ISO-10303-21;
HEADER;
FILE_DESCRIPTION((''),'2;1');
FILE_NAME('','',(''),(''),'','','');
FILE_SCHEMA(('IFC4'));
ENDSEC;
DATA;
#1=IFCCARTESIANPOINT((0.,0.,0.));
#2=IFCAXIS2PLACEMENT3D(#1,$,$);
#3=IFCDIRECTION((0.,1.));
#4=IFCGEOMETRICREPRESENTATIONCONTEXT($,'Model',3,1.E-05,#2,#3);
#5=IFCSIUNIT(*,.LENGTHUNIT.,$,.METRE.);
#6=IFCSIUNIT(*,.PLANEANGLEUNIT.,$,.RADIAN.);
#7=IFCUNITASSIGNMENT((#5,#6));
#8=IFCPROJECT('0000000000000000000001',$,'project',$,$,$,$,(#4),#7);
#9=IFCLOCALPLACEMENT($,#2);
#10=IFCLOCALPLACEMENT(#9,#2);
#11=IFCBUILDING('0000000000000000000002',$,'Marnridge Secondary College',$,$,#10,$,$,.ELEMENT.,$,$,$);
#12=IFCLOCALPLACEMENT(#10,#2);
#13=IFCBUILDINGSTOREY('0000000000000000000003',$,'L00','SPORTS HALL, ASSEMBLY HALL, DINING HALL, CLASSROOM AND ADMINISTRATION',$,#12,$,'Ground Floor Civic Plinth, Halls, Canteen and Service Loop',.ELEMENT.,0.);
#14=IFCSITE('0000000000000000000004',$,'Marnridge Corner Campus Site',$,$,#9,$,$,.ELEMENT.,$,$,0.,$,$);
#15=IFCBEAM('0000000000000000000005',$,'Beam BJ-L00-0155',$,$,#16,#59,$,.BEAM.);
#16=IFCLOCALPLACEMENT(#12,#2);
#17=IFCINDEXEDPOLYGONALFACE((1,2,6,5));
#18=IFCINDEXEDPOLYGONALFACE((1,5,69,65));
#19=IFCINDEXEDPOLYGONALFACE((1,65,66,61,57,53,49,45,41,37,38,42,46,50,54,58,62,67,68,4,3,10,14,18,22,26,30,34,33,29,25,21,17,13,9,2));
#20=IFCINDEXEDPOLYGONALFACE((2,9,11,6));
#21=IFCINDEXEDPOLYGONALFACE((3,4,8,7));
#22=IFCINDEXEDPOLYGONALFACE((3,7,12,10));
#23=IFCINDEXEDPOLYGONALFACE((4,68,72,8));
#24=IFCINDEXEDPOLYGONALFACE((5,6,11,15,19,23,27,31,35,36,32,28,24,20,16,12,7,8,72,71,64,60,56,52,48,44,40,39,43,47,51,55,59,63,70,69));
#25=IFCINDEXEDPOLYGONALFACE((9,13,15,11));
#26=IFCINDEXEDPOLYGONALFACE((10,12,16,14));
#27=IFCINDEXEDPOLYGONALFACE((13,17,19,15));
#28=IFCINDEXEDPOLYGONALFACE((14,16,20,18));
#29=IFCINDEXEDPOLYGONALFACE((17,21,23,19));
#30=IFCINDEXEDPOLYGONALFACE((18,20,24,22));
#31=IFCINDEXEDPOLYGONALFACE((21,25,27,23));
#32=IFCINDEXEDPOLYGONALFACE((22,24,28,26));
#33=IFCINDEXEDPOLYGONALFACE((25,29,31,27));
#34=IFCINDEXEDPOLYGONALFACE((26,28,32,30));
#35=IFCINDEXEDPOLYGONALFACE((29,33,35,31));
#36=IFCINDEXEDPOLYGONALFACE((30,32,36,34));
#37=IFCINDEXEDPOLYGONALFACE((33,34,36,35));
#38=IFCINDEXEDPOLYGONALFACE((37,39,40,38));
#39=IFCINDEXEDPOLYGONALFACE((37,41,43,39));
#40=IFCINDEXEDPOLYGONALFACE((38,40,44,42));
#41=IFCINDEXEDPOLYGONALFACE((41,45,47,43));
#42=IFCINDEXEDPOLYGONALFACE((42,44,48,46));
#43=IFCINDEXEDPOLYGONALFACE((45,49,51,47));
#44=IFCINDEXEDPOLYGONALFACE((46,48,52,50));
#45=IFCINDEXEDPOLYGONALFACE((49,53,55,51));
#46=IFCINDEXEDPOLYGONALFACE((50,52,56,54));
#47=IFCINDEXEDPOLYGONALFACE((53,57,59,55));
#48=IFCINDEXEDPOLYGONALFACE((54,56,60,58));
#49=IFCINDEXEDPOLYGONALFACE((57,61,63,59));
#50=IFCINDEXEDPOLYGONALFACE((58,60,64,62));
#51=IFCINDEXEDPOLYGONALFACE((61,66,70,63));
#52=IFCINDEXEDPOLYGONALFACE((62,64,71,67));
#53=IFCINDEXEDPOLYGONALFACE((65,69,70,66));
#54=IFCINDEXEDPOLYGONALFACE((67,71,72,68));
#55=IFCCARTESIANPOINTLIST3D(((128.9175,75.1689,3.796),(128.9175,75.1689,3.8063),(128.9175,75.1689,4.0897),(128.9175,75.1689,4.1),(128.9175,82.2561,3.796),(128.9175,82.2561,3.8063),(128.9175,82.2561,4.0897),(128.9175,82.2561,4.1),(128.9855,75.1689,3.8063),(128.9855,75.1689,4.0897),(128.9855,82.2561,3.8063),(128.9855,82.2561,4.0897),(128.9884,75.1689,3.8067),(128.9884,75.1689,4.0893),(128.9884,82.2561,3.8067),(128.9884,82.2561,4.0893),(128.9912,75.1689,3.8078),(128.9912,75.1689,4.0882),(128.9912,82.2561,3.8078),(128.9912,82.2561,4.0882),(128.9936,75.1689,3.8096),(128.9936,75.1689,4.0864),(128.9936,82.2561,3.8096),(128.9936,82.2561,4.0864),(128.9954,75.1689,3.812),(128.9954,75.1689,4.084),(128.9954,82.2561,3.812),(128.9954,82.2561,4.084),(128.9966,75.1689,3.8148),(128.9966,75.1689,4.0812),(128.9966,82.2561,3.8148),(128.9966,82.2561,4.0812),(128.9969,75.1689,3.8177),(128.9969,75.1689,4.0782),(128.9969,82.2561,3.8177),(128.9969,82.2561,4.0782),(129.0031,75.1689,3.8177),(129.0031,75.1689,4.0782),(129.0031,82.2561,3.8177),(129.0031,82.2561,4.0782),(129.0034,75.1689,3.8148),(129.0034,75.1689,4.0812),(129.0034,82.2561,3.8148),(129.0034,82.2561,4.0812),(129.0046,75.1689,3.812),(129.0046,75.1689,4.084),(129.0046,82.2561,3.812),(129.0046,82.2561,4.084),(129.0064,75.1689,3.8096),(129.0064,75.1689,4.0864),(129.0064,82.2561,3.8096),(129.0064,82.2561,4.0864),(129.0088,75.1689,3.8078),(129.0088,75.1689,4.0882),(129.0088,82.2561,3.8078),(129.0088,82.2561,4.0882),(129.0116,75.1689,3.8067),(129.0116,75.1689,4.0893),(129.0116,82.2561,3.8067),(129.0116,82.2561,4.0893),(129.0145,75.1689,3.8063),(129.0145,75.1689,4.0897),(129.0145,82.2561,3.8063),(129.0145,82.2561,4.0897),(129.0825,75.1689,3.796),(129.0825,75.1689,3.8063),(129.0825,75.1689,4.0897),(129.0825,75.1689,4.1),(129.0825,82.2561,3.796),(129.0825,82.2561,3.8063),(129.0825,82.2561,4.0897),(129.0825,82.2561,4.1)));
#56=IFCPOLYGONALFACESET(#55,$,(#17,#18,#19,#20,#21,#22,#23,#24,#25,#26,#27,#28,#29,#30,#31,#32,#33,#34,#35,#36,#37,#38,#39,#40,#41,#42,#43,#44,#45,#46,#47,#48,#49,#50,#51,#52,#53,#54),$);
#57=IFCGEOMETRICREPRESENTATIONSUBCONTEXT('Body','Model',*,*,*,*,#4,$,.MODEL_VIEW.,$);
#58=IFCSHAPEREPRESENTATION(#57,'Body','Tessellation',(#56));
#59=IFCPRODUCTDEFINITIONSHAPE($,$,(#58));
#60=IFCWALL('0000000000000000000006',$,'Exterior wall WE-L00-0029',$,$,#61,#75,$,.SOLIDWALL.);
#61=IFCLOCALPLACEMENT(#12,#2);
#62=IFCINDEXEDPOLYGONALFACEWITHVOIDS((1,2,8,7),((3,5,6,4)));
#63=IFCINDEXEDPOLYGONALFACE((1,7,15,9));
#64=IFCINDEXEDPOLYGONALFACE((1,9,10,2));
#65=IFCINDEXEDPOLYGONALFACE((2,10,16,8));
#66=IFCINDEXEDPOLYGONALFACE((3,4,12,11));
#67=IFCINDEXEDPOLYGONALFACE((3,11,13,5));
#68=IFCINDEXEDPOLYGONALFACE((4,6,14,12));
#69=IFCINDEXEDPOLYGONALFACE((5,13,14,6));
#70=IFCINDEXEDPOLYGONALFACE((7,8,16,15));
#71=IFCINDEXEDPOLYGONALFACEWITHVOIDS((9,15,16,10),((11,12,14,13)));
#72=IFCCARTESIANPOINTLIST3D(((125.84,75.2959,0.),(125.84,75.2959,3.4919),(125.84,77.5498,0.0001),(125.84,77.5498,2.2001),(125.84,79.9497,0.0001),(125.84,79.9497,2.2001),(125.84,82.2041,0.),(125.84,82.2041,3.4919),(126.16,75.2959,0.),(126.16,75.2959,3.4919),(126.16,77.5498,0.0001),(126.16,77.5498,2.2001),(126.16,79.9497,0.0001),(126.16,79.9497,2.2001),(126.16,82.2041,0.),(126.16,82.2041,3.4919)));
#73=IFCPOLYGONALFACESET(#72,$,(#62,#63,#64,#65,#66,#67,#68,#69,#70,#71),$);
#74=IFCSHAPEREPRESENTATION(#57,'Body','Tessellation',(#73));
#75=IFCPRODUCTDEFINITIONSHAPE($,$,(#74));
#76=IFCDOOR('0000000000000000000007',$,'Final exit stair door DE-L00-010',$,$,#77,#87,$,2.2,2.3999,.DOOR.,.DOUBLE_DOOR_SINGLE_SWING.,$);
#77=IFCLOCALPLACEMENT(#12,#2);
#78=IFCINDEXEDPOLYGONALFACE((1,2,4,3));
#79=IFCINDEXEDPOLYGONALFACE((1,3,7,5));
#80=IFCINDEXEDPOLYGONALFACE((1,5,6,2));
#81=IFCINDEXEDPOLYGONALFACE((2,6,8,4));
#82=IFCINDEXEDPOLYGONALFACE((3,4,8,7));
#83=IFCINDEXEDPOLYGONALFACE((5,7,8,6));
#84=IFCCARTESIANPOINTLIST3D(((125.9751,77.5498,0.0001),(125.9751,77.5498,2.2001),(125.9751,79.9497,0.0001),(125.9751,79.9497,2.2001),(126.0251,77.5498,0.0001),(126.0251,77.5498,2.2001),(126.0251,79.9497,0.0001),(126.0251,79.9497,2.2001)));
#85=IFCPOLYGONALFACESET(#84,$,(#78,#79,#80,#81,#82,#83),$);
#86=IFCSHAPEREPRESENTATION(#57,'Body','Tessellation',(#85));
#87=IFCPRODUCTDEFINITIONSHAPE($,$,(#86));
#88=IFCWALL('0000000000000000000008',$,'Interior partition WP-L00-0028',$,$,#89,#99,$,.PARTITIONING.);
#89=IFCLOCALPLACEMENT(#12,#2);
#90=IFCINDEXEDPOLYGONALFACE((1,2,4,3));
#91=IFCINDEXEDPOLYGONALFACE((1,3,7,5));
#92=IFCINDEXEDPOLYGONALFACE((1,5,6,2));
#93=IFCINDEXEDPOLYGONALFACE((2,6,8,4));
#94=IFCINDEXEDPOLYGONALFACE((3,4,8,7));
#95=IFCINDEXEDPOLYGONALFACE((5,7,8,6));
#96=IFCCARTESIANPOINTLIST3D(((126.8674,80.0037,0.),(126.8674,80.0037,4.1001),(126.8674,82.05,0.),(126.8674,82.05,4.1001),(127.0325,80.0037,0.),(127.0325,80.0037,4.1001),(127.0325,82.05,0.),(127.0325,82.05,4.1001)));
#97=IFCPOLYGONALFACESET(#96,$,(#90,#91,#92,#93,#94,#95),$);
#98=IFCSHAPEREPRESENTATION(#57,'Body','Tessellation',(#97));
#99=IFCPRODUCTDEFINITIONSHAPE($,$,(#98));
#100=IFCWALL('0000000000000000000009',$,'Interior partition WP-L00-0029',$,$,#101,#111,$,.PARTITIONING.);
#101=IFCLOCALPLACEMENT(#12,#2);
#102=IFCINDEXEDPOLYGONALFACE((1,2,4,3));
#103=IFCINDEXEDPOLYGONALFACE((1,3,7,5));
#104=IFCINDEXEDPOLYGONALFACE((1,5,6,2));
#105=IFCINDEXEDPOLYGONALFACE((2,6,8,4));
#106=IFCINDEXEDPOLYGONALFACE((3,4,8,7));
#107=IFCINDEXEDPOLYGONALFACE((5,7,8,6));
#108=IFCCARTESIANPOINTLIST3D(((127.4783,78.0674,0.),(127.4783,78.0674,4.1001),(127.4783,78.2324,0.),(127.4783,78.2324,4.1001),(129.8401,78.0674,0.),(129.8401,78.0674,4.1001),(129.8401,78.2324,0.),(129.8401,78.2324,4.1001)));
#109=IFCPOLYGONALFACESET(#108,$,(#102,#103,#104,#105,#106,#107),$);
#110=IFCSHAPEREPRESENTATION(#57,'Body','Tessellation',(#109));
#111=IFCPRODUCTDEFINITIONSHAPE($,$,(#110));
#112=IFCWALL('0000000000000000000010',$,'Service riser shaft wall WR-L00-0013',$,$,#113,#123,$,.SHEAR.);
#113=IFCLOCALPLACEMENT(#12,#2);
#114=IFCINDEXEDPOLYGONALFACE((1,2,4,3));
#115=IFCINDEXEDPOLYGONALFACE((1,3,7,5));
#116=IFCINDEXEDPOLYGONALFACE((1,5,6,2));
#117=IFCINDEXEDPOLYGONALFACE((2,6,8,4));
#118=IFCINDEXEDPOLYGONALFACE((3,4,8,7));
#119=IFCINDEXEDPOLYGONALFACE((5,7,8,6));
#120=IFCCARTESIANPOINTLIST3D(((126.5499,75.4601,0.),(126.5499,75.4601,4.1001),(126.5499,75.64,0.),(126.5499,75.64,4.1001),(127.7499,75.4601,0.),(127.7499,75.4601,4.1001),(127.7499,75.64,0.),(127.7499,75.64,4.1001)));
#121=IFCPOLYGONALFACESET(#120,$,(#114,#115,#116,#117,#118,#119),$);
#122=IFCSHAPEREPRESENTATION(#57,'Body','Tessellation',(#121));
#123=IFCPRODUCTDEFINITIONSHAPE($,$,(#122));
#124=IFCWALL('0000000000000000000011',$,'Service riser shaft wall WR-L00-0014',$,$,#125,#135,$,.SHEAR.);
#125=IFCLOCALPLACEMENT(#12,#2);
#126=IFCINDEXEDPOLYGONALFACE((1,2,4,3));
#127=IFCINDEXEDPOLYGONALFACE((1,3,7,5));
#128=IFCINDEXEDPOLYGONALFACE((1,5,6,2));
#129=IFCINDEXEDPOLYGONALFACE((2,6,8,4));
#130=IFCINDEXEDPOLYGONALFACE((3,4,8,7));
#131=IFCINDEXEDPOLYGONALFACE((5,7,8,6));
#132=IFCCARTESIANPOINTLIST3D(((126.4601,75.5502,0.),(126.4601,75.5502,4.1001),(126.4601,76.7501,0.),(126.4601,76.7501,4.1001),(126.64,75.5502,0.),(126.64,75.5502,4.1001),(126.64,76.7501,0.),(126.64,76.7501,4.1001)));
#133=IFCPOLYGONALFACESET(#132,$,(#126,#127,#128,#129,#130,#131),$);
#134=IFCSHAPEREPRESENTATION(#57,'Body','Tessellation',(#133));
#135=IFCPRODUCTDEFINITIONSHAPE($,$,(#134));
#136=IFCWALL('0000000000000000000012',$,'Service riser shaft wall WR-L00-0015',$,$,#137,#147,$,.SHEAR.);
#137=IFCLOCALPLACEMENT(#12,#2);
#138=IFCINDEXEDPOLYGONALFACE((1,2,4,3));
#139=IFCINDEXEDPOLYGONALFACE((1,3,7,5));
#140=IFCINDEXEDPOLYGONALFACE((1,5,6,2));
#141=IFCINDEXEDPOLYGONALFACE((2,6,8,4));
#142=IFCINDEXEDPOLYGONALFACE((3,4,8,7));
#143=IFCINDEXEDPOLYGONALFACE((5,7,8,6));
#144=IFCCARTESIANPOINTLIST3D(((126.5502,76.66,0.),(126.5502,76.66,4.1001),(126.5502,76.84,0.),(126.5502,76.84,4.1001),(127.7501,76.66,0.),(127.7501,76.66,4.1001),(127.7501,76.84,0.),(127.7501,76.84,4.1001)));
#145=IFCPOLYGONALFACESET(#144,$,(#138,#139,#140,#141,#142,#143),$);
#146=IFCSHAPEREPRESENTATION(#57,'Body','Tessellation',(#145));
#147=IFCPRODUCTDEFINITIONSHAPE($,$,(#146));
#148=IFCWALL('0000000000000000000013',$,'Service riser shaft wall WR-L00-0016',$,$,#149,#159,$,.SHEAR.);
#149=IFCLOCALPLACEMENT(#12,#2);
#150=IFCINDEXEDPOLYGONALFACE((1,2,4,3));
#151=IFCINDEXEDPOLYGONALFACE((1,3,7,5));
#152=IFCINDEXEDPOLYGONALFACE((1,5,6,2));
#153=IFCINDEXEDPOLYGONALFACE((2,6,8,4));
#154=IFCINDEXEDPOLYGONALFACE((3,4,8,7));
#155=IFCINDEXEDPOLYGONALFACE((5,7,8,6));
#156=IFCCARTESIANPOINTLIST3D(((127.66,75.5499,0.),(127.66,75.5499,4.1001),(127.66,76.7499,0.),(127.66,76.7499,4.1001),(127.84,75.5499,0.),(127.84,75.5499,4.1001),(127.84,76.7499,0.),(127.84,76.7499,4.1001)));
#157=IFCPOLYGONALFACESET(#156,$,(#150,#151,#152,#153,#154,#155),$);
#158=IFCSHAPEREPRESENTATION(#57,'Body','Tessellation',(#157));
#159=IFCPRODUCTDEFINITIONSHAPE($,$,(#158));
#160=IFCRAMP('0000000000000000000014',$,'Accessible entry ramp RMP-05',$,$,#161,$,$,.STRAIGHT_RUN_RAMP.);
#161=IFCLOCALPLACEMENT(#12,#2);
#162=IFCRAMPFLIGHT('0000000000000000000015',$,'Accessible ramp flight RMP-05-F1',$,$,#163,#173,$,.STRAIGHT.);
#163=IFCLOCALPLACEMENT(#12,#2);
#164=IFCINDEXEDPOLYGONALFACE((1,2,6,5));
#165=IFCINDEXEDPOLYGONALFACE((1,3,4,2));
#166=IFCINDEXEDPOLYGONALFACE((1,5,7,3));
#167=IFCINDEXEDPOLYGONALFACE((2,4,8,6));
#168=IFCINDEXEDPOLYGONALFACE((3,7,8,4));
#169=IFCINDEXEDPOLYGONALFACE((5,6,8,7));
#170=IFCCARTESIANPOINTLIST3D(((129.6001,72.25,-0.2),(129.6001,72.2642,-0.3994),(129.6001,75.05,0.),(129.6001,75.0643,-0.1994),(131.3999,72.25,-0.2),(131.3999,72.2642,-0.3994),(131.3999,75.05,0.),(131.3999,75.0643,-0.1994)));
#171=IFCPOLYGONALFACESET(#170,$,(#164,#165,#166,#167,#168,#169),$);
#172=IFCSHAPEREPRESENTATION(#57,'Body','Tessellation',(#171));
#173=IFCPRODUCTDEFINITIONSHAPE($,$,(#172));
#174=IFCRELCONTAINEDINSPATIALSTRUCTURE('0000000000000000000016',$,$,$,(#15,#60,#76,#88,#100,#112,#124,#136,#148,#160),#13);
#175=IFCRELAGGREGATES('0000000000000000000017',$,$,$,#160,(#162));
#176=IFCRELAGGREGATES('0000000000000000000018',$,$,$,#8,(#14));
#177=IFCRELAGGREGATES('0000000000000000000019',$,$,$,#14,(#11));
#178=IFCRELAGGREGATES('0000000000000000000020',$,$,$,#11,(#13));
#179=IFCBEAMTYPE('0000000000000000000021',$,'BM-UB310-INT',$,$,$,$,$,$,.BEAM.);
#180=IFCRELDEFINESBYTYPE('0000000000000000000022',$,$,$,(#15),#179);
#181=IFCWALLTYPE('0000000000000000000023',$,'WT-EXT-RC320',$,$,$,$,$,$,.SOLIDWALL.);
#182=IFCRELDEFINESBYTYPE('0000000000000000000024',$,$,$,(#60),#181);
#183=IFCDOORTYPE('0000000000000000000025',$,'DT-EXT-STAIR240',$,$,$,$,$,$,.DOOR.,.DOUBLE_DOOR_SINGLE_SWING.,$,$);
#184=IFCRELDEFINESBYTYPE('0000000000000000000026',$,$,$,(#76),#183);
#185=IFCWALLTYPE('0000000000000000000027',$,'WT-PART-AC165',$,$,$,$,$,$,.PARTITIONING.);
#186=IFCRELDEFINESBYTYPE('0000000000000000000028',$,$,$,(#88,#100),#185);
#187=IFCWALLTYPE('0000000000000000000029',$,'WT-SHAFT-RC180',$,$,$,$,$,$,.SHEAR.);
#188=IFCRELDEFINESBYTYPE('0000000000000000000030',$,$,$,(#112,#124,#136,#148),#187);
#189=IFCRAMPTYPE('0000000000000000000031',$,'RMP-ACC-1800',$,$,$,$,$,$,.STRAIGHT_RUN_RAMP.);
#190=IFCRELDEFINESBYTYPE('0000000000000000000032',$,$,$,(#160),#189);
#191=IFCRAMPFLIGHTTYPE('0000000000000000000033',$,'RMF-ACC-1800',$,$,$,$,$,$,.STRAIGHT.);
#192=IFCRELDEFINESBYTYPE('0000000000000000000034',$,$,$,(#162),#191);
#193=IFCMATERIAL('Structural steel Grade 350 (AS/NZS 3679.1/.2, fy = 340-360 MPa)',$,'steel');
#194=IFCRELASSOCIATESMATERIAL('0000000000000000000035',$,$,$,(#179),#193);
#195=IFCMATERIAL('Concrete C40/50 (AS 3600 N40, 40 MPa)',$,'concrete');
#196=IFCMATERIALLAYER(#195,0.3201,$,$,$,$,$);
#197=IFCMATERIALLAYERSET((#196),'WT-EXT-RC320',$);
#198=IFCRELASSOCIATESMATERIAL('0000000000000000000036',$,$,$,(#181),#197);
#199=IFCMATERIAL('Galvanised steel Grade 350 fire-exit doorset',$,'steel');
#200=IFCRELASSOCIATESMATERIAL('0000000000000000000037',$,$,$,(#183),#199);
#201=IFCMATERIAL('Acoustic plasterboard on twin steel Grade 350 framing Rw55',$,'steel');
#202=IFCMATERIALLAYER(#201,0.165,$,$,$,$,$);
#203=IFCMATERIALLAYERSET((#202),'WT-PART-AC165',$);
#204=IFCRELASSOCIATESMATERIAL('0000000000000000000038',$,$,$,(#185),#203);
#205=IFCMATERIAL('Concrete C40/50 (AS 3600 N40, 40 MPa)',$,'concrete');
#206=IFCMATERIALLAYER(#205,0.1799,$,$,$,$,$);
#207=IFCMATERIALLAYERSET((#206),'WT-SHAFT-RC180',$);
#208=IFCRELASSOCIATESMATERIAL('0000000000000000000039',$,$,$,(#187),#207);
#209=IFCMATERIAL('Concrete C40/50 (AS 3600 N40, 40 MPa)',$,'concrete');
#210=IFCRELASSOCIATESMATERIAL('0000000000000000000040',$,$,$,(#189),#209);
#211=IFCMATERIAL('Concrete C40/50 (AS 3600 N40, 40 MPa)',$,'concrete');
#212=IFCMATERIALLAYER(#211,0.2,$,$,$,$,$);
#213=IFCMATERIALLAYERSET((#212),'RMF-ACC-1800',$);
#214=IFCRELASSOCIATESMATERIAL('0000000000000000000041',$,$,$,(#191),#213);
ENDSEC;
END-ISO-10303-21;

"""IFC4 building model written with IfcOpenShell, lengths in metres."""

from ifc_helpers import new_model, si_unit, direction, frame, frame_2d, origin, origin_2d, place, context, subcontext, project, spatial, polyline, rectangle, i_section, outline, extrude, material, layer, layer_set, material_profile, profile_set, type_object, element, fill, aggregate, save


model = new_model("IFC4")

# Units and contexts
model_context = context("Model", 3, precision=1e-05, world=origin(), true_north=direction((0.0, 1.0)))
body_context = subcontext(model_context, "Body", "Model", "MODEL_VIEW")
ifc_project = project(units=[si_unit("LENGTHUNIT", "METRE"), si_unit("PLANEANGLEUNIT", "RADIAN")], contexts=[model_context])

# Site, building, storey
site_placement = place(None, origin())
site = spatial("IfcSite", under=ifc_project, at=site_placement, Name="Marnridge Corner Campus Site", CompositionType="ELEMENT", RefElevation=0.0)
building_placement = place(site_placement, origin())
building = spatial("IfcBuilding", under=site, at=building_placement, Name="Marnridge Secondary College", CompositionType="ELEMENT")
storey_placement = place(building_placement, origin())
storey = spatial("IfcBuildingStorey", under=building, at=storey_placement, Name="L00", Description="SPORTS HALL, ASSEMBLY HALL, DINING HALL, CLASSROOM AND ADMINISTRATION", LongName="Ground Floor Civic Plinth, Halls, Canteen and Service Loop", CompositionType="ELEMENT", Elevation=0.0)

# Beam
ifc_material_1 = material(Name="Structural steel Grade 350 (AS/NZS 3679.1/.2, fy = 340-360 MPa)", Category="steel")
ifc_material_profile_1 = material_profile(ifc_material_1, i_section(OverallWidth=0.165, OverallDepth=0.304, WebThickness=0.0061, FlangeThickness=0.0103, FilletRadius=0.0115, at=origin_2d()), Name="310UB40.4")
ifc_profile_set_1 = profile_set([ifc_material_profile_1], Name="Structural steel Grade 350 (AS/NZS 3679.1/.2, fy = 340-360 MPa)")
beam_type_1 = type_object("IfcBeamType", Name="BM-UB310-INT", PredefinedType="BEAM", material=ifc_profile_set_1)
beam_1_placement = place(storey_placement, frame((129.0, 75.1689, 3.948), z_axis=(0.0, 1.0, 0.0), x_axis=(-1.0, 0.0, 0.0)))
element("IfcBeam", 1, at=beam_1_placement, inside=storey, type_object=beam_type_1, Name="Beam BJ-L00-0155", PredefinedType="BEAM", context=body_context, shape_type="SweptSolid", body=[
    extrude(i_section(OverallWidth=0.165, OverallDepth=0.304, WebThickness=0.0061, FlangeThickness=0.0103, FilletRadius=0.0115, at=origin_2d()), origin(), (0.0, 0.0, 1.0), 7.0872),
])

# Wall, opening, door
ifc_material_2 = material(Name="Concrete C40/50 (AS 3600 N40, 40 MPa)", Category="concrete")
ifc_layer_1 = layer(ifc_material_2, 0.3201)
ifc_layer_set_1 = layer_set([ifc_layer_1], Name="WT-EXT-RC320")
wall_type_1 = type_object("IfcWallType", Name="WT-EXT-RC320", PredefinedType="SOLIDWALL", material=ifc_layer_set_1)
wall_1_placement = place(storey_placement, frame((126.0, 75.2959, 0.0), z_axis=(0.0, 0.0, 1.0), x_axis=(0.0, 1.0, 0.0)))
wall_1 = element("IfcWall", 2, at=wall_1_placement, inside=storey, type_object=wall_type_1, Name="Exterior wall WE-L00-0029", PredefinedType="SOLIDWALL", context=body_context, shape_type="SweptSolid", body=[
    extrude(rectangle(XDim=6.9082, YDim=0.3201, at=frame_2d((3.4541, 0.0))), origin(), (0.0, 0.0, 1.0), 3.4919),
])
opening_1_placement = place(wall_1_placement, frame((2.2539, 0.0, 0.0)))
opening_1 = element("IfcOpeningElement", 3, at=opening_1_placement, cuts=wall_1, PredefinedType="OPENING", context=body_context, shape_type="SweptSolid", body=[
    extrude(rectangle(XDim=2.3999, YDim=2.2, at=frame_2d((1.2, 1.1001))), frame((0.0, 0.1699, 0.0), z_axis=(0.0, -1.0, 0.0), x_axis=(1.0, 0.0, 0.0)), (0.0, 0.0, 1.0), 0.3401),
])
ifc_material_3 = material(Name="Galvanised steel Grade 350 fire-exit doorset", Category="steel")
door_type_1 = type_object("IfcDoorType", Name="DT-EXT-STAIR240", OperationType="DOUBLE_DOOR_SINGLE_SWING", PredefinedType="DOOR", material=ifc_material_3)
door_1_placement = place(opening_1_placement, origin())
door_1 = element("IfcDoor", 4, at=door_1_placement, inside=storey, type_object=door_type_1, Name="Final exit stair door DE-L00-010", OperationType="DOUBLE_DOOR_SINGLE_SWING", OverallHeight=2.2, OverallWidth=2.3999, PredefinedType="DOOR", context=body_context, shape_type="SweptSolid", body=[
    extrude(rectangle(XDim=2.3999, YDim=2.2, at=frame_2d((1.2, 1.1001))), frame((0.0, 0.0249, 0.0), z_axis=(0.0, -1.0, 0.0), x_axis=(1.0, 0.0, 0.0)), (0.0, 0.0, 1.0), 0.05),
])
fill(opening_1, door_1)

# Walls
ifc_material_4 = material(Name="Acoustic plasterboard on twin steel Grade 350 framing Rw55", Category="steel")
ifc_layer_2 = layer(ifc_material_4, 0.165)
ifc_layer_set_2 = layer_set([ifc_layer_2], Name="WT-PART-AC165")
wall_type_2 = type_object("IfcWallType", Name="WT-PART-AC165", PredefinedType="PARTITIONING", material=ifc_layer_set_2)
wall_2_placement = place(storey_placement, frame((126.95, 80.0037, 0.0), z_axis=(0.0, 0.0, 1.0), x_axis=(0.0, 1.0, 0.0)))
element("IfcWall", 5, at=wall_2_placement, inside=storey, type_object=wall_type_2, Name="Interior partition WP-L00-0028", PredefinedType="PARTITIONING", context=body_context, shape_type="SweptSolid", body=[
    extrude(rectangle(XDim=2.0464, YDim=0.165, at=frame_2d((1.0232, 0.0))), origin(), (0.0, 0.0, 1.0), 4.1001),
])
wall_3_placement = place(storey_placement, frame((129.8401, 78.1499, 0.0), z_axis=(0.0, 0.0, 1.0), x_axis=(-1.0, 0.0, 0.0)))
element("IfcWall", 6, at=wall_3_placement, inside=storey, type_object=wall_type_2, Name="Interior partition WP-L00-0029", PredefinedType="PARTITIONING", context=body_context, shape_type="SweptSolid", body=[
    extrude(rectangle(XDim=2.3618, YDim=0.165, at=frame_2d((1.1809, 0.0))), origin(), (0.0, 0.0, 1.0), 4.1001),
])

# Walls
ifc_material_5 = material(Name="Concrete C40/50 (AS 3600 N40, 40 MPa)", Category="concrete")
ifc_layer_3 = layer(ifc_material_5, 0.1799)
ifc_layer_set_3 = layer_set([ifc_layer_3], Name="WT-SHAFT-RC180")
wall_type_3 = type_object("IfcWallType", Name="WT-SHAFT-RC180", PredefinedType="SHEAR", material=ifc_layer_set_3)
for number, where, z_axis, x_axis, name in (
    (7, (127.75, 75.55, 0.0), (0.0, 0.0, 1.0), (-1.0, 0.0, 0.0), "Service riser shaft wall WR-L00-0013"),
    (8, (126.55, 75.55, 0.0), (0.0, 0.0, 1.0), (0.0, 1.0, 0.0), "Service riser shaft wall WR-L00-0014"),
    (9, (126.55, 76.75, 0.0), (0.0, 0.0, 1.0), (1.0, 0.0, 0.0), "Service riser shaft wall WR-L00-0015"),
    (10, (127.75, 76.75, 0.0), (0.0, 0.0, 1.0), (0.0, -1.0, 0.0), "Service riser shaft wall WR-L00-0016"),
):
    element("IfcWall", number, at=place(storey_placement, frame(where, z_axis=z_axis, x_axis=x_axis)), inside=storey, type_object=wall_type_3, Name=name, PredefinedType="SHEAR", context=body_context, shape_type="SweptSolid", body=[
        extrude(rectangle(XDim=1.2, YDim=0.1799, at=frame_2d((0.6001, 0.0))), origin(), (0.0, 0.0, 1.0), 4.1001),
    ])

# Ramp, ramp flight
ifc_material_6 = material(Name="Concrete C40/50 (AS 3600 N40, 40 MPa)", Category="concrete")
ramp_type = type_object("IfcRampType", Name="RMP-ACC-1800", PredefinedType="STRAIGHT_RUN_RAMP", material=ifc_material_6)
ramp_placement = place(storey_placement, origin())
ramp = element("IfcRamp", 11, at=ramp_placement, inside=storey, type_object=ramp_type, Name="Accessible entry ramp RMP-05", PredefinedType="STRAIGHT_RUN_RAMP")
ifc_material_7 = material(Name="Concrete C40/50 (AS 3600 N40, 40 MPa)", Category="concrete")
ifc_layer_4 = layer(ifc_material_7, 0.2)
ifc_layer_set_4 = layer_set([ifc_layer_4], Name="RMF-ACC-1800")
ramp_flight_type = type_object("IfcRampFlightType", Name="RMF-ACC-1800", PredefinedType="STRAIGHT", material=ifc_layer_set_4)
ramp_flight_placement = place(storey_placement, frame((129.6001, 72.25, -0.2), z_axis=(0.0, -0.071229, 0.99746), x_axis=(1.0, 0.0, 0.0)))
ramp_flight = element("IfcRampFlight", 12, at=ramp_flight_placement, type_object=ramp_flight_type, Name="Accessible ramp flight RMP-05-F1", PredefinedType="STRAIGHT", context=body_context, shape_type="SweptSolid", body=[
    extrude(outline(polyline([(0.0, 0.0), (1.7998, 0.0), (1.7998, 2.8072), (0.0, 2.8072), (0.0, 0.0)])), origin(), (0.0, 0.0, -1.0), 0.2),
])
aggregate(ramp, [ramp_flight])

save(model, "model.ifc")
